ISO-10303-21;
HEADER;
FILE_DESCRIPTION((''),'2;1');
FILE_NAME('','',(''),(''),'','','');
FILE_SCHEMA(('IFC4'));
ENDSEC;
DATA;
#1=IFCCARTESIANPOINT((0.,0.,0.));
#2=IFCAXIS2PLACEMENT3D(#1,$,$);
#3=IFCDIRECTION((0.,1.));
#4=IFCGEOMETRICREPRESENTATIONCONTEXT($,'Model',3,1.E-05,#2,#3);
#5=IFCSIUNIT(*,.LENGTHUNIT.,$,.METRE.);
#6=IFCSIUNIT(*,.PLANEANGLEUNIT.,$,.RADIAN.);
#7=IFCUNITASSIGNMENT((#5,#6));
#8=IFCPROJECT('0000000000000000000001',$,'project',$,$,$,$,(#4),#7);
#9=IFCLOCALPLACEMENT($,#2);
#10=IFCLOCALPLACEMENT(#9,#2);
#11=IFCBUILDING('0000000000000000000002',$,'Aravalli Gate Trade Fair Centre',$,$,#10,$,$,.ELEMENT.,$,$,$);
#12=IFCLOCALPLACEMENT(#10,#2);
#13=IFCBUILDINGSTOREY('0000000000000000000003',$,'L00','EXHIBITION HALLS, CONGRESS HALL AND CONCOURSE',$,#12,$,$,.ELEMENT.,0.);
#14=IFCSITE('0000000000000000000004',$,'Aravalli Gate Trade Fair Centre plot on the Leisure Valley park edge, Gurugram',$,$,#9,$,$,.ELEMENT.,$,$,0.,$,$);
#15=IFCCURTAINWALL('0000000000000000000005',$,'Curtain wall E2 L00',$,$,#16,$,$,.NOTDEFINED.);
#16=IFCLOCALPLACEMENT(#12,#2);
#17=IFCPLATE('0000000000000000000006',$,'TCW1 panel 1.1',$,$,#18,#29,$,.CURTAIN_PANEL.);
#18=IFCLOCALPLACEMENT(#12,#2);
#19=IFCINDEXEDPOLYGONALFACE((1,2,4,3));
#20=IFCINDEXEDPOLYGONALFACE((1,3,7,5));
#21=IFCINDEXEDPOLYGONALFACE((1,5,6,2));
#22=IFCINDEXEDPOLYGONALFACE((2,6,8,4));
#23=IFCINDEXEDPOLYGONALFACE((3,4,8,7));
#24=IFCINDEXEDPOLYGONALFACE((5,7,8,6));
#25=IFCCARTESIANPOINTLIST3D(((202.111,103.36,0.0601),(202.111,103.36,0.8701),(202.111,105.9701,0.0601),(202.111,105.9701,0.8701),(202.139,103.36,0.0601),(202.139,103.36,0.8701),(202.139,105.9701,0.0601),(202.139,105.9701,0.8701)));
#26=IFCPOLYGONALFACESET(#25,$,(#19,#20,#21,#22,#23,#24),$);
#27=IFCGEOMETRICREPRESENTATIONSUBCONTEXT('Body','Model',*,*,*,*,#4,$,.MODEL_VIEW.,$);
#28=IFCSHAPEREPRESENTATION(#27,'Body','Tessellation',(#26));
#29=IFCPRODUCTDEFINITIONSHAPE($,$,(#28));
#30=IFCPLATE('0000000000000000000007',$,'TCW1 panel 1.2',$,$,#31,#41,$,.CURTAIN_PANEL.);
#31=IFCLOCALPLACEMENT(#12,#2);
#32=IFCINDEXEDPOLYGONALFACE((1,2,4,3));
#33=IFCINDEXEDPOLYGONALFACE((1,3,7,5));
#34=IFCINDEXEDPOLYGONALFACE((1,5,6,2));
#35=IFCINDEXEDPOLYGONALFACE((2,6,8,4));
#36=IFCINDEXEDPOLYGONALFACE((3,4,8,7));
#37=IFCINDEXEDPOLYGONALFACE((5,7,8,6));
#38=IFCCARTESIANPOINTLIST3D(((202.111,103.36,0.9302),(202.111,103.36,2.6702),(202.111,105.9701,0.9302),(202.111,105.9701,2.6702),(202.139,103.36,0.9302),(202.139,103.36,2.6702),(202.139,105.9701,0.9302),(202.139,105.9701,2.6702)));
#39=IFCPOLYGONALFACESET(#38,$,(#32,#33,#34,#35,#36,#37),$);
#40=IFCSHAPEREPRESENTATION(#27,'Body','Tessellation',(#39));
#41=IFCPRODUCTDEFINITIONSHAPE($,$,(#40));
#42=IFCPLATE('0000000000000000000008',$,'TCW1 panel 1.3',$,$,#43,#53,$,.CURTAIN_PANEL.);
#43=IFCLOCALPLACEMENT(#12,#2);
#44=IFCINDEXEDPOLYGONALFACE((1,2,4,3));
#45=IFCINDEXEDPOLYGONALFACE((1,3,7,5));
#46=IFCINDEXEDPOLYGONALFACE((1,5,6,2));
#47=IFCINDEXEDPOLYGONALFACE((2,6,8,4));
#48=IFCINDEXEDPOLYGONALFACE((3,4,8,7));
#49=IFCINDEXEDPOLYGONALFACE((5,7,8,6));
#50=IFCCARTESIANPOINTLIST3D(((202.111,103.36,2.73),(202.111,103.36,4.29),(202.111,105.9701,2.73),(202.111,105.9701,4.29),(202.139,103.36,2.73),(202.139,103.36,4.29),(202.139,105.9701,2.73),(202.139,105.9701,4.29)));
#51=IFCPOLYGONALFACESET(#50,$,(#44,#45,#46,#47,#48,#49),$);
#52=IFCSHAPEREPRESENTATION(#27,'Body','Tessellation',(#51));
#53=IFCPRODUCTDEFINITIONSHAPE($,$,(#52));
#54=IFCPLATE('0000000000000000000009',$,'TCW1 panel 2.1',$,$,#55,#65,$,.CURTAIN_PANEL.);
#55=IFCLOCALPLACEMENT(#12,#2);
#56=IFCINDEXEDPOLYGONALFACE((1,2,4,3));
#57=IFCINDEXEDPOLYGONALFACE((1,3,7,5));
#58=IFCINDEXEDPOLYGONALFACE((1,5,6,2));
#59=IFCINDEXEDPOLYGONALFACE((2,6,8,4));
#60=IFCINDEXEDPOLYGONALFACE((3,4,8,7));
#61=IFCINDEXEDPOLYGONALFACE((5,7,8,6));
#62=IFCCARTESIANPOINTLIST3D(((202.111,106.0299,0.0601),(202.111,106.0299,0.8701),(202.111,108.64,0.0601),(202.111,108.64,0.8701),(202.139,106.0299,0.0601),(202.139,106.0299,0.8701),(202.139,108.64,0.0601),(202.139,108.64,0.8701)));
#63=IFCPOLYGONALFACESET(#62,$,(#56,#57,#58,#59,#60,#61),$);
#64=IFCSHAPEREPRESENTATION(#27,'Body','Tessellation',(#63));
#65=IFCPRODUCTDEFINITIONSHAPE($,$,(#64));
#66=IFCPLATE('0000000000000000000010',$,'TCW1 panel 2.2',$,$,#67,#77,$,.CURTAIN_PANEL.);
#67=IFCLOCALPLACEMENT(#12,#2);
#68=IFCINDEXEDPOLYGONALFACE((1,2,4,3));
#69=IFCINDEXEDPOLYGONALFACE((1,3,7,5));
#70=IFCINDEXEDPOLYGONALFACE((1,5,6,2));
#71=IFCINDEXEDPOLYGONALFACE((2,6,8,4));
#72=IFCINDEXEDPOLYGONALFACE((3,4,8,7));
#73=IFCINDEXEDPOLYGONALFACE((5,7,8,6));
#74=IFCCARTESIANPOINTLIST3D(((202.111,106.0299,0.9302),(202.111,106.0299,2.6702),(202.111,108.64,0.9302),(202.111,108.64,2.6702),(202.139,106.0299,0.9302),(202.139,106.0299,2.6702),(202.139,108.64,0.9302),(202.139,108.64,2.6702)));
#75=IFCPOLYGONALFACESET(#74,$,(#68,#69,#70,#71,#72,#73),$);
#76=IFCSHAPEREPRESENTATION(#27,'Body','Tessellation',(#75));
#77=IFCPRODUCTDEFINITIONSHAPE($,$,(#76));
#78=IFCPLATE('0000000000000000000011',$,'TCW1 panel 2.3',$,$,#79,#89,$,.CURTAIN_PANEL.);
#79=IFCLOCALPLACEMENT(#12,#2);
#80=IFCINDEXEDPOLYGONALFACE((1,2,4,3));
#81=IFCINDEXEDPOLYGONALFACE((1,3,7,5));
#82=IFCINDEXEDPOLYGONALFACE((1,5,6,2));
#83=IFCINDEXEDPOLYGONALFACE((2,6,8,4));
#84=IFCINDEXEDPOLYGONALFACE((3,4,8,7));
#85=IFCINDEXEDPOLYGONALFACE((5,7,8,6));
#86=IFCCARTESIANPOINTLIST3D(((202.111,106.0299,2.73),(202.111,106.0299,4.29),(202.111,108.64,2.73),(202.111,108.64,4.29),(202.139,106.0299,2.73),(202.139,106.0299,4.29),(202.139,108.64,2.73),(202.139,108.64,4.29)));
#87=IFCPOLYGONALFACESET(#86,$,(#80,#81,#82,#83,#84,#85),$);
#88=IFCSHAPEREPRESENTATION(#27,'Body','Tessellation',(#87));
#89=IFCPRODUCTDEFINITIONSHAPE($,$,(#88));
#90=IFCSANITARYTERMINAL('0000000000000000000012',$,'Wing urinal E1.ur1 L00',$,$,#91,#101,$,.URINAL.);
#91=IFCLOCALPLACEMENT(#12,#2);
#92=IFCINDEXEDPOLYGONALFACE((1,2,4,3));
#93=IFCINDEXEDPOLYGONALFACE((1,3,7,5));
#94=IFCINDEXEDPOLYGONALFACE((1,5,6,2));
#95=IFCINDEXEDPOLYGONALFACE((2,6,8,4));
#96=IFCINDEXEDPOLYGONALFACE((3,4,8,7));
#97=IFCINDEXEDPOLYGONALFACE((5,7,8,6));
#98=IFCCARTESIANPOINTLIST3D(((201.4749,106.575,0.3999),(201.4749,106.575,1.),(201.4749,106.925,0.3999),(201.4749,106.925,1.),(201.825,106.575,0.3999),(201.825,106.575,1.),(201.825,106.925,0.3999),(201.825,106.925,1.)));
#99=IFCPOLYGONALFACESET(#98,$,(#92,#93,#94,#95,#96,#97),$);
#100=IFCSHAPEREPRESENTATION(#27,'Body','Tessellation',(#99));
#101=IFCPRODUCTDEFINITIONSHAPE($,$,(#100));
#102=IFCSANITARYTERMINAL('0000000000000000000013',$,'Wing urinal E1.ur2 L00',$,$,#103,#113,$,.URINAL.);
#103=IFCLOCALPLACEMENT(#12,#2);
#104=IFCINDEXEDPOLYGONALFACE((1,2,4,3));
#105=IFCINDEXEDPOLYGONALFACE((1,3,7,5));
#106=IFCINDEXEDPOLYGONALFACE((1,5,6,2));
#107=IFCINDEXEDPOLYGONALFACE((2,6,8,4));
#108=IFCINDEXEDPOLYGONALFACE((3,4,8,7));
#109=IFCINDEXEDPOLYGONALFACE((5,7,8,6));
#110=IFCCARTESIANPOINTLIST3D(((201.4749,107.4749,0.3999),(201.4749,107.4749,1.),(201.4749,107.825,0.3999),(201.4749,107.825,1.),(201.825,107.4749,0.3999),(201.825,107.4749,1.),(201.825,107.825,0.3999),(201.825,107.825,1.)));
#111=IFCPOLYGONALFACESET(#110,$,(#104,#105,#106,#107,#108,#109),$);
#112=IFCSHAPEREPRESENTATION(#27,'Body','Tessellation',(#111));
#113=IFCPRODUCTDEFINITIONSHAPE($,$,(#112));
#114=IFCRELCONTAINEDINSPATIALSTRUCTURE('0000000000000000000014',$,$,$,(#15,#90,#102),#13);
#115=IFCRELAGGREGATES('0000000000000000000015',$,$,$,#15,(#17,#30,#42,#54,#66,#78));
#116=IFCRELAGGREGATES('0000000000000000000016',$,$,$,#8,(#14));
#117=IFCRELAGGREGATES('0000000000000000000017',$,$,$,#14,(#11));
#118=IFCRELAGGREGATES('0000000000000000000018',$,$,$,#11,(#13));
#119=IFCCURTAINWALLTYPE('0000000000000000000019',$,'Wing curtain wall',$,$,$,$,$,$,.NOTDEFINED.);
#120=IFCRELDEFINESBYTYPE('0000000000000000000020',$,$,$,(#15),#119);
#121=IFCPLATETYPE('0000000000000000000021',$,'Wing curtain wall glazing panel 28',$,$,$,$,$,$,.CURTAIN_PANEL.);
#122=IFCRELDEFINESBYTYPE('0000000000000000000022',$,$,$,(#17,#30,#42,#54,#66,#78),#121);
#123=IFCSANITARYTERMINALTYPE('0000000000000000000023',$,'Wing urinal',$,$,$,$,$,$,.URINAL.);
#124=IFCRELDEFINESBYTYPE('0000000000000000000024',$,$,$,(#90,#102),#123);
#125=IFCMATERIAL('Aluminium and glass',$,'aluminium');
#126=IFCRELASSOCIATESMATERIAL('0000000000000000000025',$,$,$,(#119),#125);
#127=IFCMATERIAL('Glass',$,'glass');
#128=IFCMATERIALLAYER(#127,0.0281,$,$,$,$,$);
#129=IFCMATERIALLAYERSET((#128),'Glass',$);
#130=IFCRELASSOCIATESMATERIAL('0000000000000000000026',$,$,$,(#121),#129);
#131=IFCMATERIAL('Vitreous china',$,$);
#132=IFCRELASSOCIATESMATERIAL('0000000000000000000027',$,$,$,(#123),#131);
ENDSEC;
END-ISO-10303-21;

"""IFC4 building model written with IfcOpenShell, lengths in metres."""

from ifc_helpers import new_model, si_unit, direction, frame, origin, origin_2d, place, context, subcontext, project, spatial, rectangle, extrude, material, layer, layer_set, type_object, element, aggregate, save


model = new_model("IFC4")

# Units and contexts
model_context = context("Model", 3, precision=1e-05, world=origin(), true_north=direction((0.0, 1.0)))
body_context = subcontext(model_context, "Body", "Model", "MODEL_VIEW")
ifc_project = project(units=[si_unit("LENGTHUNIT", "METRE"), si_unit("PLANEANGLEUNIT", "RADIAN")], contexts=[model_context])

# Site, building, storey
site_placement = place(None, origin())
site = spatial("IfcSite", under=ifc_project, at=site_placement, Name="Aravalli Gate Trade Fair Centre plot on the Leisure Valley park edge, Gurugram", CompositionType="ELEMENT", RefElevation=0.0)
building_placement = place(site_placement, origin())
building = spatial("IfcBuilding", under=site, at=building_placement, Name="Aravalli Gate Trade Fair Centre", CompositionType="ELEMENT")
storey_placement = place(building_placement, origin())
storey = spatial("IfcBuildingStorey", under=building, at=storey_placement, Name="L00", Description="EXHIBITION HALLS, CONGRESS HALL AND CONCOURSE", CompositionType="ELEMENT", Elevation=0.0)

# Curtain wall
ifc_material_1 = material(Name="Aluminium and glass", Category="aluminium")
curtain_wall_type = type_object("IfcCurtainWallType", Name="Wing curtain wall", PredefinedType="NOTDEFINED", material=ifc_material_1)
curtain_wall_1_placement = place(storey_placement, origin())
curtain_wall_1 = element("IfcCurtainWall", 1, at=curtain_wall_1_placement, inside=storey, type_object=curtain_wall_type, Name="Curtain wall E2 L00", PredefinedType="NOTDEFINED")

# Plates
ifc_material_2 = material(Name="Glass", Category="glass")
ifc_layer = layer(ifc_material_2, 0.0281)
ifc_layer_set = layer_set([ifc_layer], Name="Glass")
plate_type = type_object("IfcPlateType", Name="Wing curtain wall glazing panel 28", PredefinedType="CURTAIN_PANEL", material=ifc_layer_set)
plate_1_placement = place(storey_placement, frame((202.125, 104.665, 0.0601), z_axis=(0.0, 0.0, 1.0), x_axis=(0.0, 1.0, 0.0)))
plate_1 = element("IfcPlate", 2, at=plate_1_placement, type_object=plate_type, Name="TCW1 panel 1.1", PredefinedType="CURTAIN_PANEL", context=body_context, shape_type="SweptSolid", body=[
    extrude(rectangle(XDim=2.6101, YDim=0.0281, at=origin_2d()), origin(), (0.0, 0.0, 1.0), 0.8101),
])
plate_2_placement = place(storey_placement, frame((202.125, 104.665, 0.9302), z_axis=(0.0, 0.0, 1.0), x_axis=(0.0, 1.0, 0.0)))
plate_2 = element("IfcPlate", 3, at=plate_2_placement, type_object=plate_type, Name="TCW1 panel 1.2", PredefinedType="CURTAIN_PANEL", context=body_context, shape_type="SweptSolid", body=[
    extrude(rectangle(XDim=2.6101, YDim=0.0281, at=origin_2d()), origin(), (0.0, 0.0, 1.0), 1.74),
])
plate_3_placement = place(storey_placement, frame((202.125, 104.665, 2.73), z_axis=(0.0, 0.0, 1.0), x_axis=(0.0, 1.0, 0.0)))
plate_3 = element("IfcPlate", 4, at=plate_3_placement, type_object=plate_type, Name="TCW1 panel 1.3", PredefinedType="CURTAIN_PANEL", context=body_context, shape_type="SweptSolid", body=[
    extrude(rectangle(XDim=2.6101, YDim=0.0281, at=origin_2d()), origin(), (0.0, 0.0, 1.0), 1.5601),
])
plate_4_placement = place(storey_placement, frame((202.125, 107.335, 0.0601), z_axis=(0.0, 0.0, 1.0), x_axis=(0.0, 1.0, 0.0)))
plate_4 = element("IfcPlate", 5, at=plate_4_placement, type_object=plate_type, Name="TCW1 panel 2.1", PredefinedType="CURTAIN_PANEL", context=body_context, shape_type="SweptSolid", body=[
    extrude(rectangle(XDim=2.6101, YDim=0.0281, at=origin_2d()), origin(), (0.0, 0.0, 1.0), 0.8101),
])
plate_5_placement = place(storey_placement, frame((202.125, 107.335, 0.9302), z_axis=(0.0, 0.0, 1.0), x_axis=(0.0, 1.0, 0.0)))
plate_5 = element("IfcPlate", 6, at=plate_5_placement, type_object=plate_type, Name="TCW1 panel 2.2", PredefinedType="CURTAIN_PANEL", context=body_context, shape_type="SweptSolid", body=[
    extrude(rectangle(XDim=2.6101, YDim=0.0281, at=origin_2d()), origin(), (0.0, 0.0, 1.0), 1.74),
])
plate_6_placement = place(storey_placement, frame((202.125, 107.335, 2.73), z_axis=(0.0, 0.0, 1.0), x_axis=(0.0, 1.0, 0.0)))
plate_6 = element("IfcPlate", 7, at=plate_6_placement, type_object=plate_type, Name="TCW1 panel 2.3", PredefinedType="CURTAIN_PANEL", context=body_context, shape_type="SweptSolid", body=[
    extrude(rectangle(XDim=2.6101, YDim=0.0281, at=origin_2d()), origin(), (0.0, 0.0, 1.0), 1.5601),
])
aggregate(curtain_wall_1, [plate_1, plate_2, plate_3, plate_4, plate_5, plate_6])

# Sanitary terminals
ifc_material_3 = material(Name="Vitreous china")
sanitary_terminal_type = type_object("IfcSanitaryTerminalType", Name="Wing urinal", PredefinedType="URINAL", material=ifc_material_3)
for number, where, z_axis, x_axis, name in (
    (8, (201.6499, 106.75, 0.3999), (0.0, 0.0, 1.0), (1.0, 0.0, 0.0), "Wing urinal E1.ur1 L00"),
    (9, (201.6499, 107.6499, 0.3999), (0.0, 0.0, 1.0), (1.0, 0.0, 0.0), "Wing urinal E1.ur2 L00"),
):
    element("IfcSanitaryTerminal", number, at=place(storey_placement, frame(where, z_axis=z_axis, x_axis=x_axis)), inside=storey, type_object=sanitary_terminal_type, Name=name, PredefinedType="URINAL", context=body_context, shape_type="SweptSolid", body=[
        extrude(rectangle(XDim=0.3501, YDim=0.3501, at=origin_2d()), origin(), (0.0, 0.0, 1.0), 0.6001),
    ])

save(model, "model.ifc")
